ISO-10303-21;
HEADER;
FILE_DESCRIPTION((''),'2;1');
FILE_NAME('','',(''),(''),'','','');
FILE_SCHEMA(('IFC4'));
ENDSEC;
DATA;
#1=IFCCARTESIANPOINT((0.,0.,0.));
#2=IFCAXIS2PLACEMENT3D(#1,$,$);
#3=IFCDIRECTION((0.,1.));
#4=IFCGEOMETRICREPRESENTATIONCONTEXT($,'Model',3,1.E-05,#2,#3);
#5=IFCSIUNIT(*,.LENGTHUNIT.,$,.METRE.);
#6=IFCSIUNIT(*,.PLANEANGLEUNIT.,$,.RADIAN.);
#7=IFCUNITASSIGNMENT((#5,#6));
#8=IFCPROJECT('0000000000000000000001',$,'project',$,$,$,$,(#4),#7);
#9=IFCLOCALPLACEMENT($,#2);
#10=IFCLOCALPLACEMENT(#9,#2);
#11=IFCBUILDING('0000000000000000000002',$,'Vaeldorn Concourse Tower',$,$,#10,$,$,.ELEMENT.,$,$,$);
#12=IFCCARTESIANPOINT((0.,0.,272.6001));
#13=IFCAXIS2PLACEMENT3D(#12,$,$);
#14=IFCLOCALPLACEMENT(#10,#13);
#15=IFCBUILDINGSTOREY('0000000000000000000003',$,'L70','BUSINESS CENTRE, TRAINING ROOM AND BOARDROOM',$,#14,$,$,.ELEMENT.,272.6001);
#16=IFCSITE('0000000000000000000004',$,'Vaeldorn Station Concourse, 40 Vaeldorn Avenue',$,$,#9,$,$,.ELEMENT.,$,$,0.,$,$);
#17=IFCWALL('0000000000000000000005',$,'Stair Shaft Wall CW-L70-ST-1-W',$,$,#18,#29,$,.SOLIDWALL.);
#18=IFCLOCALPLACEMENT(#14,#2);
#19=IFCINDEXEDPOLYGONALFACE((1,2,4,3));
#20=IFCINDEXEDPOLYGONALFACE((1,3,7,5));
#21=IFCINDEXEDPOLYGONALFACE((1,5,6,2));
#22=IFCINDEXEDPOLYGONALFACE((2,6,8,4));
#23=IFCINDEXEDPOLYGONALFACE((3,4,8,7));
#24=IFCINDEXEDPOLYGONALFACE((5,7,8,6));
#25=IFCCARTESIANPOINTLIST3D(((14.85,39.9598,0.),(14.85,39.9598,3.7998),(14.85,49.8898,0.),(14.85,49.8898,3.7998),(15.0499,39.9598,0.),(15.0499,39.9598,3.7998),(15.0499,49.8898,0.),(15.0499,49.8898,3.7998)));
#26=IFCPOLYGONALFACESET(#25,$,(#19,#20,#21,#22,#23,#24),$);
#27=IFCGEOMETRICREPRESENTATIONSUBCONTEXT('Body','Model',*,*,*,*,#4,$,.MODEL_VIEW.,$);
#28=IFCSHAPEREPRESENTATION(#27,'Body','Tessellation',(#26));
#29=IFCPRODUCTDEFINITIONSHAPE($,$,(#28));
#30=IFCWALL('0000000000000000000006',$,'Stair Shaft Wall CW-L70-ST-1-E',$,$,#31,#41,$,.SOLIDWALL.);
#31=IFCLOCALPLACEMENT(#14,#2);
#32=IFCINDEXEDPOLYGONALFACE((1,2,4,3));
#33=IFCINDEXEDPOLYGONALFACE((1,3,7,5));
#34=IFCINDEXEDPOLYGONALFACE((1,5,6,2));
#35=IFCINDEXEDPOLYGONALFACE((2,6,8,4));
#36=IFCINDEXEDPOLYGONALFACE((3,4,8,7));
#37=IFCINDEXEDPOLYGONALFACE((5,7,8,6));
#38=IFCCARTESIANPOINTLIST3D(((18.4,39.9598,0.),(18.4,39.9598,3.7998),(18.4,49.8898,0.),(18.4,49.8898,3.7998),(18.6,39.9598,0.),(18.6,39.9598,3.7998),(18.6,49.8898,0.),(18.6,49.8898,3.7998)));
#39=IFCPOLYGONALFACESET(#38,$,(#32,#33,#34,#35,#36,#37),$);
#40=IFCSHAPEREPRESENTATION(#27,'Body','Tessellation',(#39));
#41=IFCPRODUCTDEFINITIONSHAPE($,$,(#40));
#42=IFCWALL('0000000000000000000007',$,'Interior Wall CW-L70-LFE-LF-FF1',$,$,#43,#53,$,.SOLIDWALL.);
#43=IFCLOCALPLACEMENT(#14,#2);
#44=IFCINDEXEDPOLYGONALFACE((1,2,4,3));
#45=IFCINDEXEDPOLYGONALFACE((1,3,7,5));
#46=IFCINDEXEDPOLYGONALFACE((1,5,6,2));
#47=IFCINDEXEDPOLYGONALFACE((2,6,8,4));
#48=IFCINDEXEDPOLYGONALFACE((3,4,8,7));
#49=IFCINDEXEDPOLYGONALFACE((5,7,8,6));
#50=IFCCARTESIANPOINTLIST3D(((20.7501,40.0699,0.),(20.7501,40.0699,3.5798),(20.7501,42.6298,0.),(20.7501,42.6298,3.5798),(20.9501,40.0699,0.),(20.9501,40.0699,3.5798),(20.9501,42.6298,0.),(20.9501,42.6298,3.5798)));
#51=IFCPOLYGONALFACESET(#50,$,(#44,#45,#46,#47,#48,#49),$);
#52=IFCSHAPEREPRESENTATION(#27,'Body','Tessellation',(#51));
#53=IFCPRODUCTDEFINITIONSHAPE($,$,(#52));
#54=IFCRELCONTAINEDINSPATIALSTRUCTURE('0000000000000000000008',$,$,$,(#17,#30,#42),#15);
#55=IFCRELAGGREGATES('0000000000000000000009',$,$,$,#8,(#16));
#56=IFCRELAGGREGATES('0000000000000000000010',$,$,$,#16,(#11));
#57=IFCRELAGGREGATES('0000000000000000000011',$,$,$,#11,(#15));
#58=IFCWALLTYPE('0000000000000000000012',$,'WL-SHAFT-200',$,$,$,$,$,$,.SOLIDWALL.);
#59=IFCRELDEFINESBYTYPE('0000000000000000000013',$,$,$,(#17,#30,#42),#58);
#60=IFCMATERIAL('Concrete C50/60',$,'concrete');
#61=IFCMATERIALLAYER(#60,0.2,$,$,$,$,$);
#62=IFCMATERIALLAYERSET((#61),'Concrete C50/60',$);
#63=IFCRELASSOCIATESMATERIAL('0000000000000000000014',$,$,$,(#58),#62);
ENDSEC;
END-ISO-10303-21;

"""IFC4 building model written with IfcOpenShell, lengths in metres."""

from ifc_helpers import new_model, si_unit, direction, frame, frame_2d, origin, place, context, subcontext, project, spatial, rectangle, extrude, material, layer, layer_set, type_object, element, save


model = new_model("IFC4")

# Units and contexts
model_context = context("Model", 3, precision=1e-05, world=origin(), true_north=direction((0.0, 1.0)))
body_context = subcontext(model_context, "Body", "Model", "MODEL_VIEW")
ifc_project = project(units=[si_unit("LENGTHUNIT", "METRE"), si_unit("PLANEANGLEUNIT", "RADIAN")], contexts=[model_context])

# Site, building, storey
site_placement = place(None, origin())
site = spatial("IfcSite", under=ifc_project, at=site_placement, Name="Vaeldorn Station Concourse, 40 Vaeldorn Avenue", CompositionType="ELEMENT", RefElevation=0.0)
building_placement = place(site_placement, origin())
building = spatial("IfcBuilding", under=site, at=building_placement, Name="Vaeldorn Concourse Tower", CompositionType="ELEMENT")
storey_placement = place(building_placement, frame((0.0, 0.0, 272.6001)))
storey = spatial("IfcBuildingStorey", under=building, at=storey_placement, Name="L70", Description="BUSINESS CENTRE, TRAINING ROOM AND BOARDROOM", CompositionType="ELEMENT", Elevation=272.6001)

# Shared definitions
ifc_material_1 = material(Name="Concrete C50/60", Category="concrete")

# Shared definitions
ifc_layer_1 = layer(ifc_material_1, 0.2)
ifc_layer_set_1 = layer_set([ifc_layer_1], Name="Concrete C50/60")
wall_type_1 = type_object("IfcWallType", Name="WL-SHAFT-200", PredefinedType="SOLIDWALL", material=ifc_layer_set_1)

# Walls
for number, where, z_axis, x_axis, name in (
    (1, (14.95, 39.96, 0.0), (0.0, 0.0, 1.0), (0.0, 1.0, 0.0), "Stair Shaft Wall CW-L70-ST-1-W"),
    (2, (18.5, 39.96, 0.0), (0.0, 0.0, 1.0), (0.0, 1.0, 0.0), "Stair Shaft Wall CW-L70-ST-1-E"),
):
    element("IfcWall", number, at=place(storey_placement, frame(where, z_axis=z_axis, x_axis=x_axis)), inside=storey, type_object=wall_type_1, Name=name, PredefinedType="SOLIDWALL", context=body_context, shape_type="SweptSolid", body=[
        extrude(rectangle(XDim=9.9299, YDim=0.2, at=frame_2d((4.9648, 0.0))), origin(), (0.0, 0.0, 1.0), 3.7998),
    ])

# Wall
wall_1_placement = place(storey_placement, frame((20.8501, 40.0701, 0.0), z_axis=(0.0, 0.0, 1.0), x_axis=(0.0, 1.0, 0.0)))
element("IfcWall", 3, at=wall_1_placement, inside=storey, type_object=wall_type_1, Name="Interior Wall CW-L70-LFE-LF-FF1", PredefinedType="SOLIDWALL", context=body_context, shape_type="SweptSolid", body=[
    extrude(rectangle(XDim=2.5598, YDim=0.2, at=frame_2d((1.2798, 0.0))), origin(), (0.0, 0.0, 1.0), 3.5798),
])

save(model, "model.ifc")
